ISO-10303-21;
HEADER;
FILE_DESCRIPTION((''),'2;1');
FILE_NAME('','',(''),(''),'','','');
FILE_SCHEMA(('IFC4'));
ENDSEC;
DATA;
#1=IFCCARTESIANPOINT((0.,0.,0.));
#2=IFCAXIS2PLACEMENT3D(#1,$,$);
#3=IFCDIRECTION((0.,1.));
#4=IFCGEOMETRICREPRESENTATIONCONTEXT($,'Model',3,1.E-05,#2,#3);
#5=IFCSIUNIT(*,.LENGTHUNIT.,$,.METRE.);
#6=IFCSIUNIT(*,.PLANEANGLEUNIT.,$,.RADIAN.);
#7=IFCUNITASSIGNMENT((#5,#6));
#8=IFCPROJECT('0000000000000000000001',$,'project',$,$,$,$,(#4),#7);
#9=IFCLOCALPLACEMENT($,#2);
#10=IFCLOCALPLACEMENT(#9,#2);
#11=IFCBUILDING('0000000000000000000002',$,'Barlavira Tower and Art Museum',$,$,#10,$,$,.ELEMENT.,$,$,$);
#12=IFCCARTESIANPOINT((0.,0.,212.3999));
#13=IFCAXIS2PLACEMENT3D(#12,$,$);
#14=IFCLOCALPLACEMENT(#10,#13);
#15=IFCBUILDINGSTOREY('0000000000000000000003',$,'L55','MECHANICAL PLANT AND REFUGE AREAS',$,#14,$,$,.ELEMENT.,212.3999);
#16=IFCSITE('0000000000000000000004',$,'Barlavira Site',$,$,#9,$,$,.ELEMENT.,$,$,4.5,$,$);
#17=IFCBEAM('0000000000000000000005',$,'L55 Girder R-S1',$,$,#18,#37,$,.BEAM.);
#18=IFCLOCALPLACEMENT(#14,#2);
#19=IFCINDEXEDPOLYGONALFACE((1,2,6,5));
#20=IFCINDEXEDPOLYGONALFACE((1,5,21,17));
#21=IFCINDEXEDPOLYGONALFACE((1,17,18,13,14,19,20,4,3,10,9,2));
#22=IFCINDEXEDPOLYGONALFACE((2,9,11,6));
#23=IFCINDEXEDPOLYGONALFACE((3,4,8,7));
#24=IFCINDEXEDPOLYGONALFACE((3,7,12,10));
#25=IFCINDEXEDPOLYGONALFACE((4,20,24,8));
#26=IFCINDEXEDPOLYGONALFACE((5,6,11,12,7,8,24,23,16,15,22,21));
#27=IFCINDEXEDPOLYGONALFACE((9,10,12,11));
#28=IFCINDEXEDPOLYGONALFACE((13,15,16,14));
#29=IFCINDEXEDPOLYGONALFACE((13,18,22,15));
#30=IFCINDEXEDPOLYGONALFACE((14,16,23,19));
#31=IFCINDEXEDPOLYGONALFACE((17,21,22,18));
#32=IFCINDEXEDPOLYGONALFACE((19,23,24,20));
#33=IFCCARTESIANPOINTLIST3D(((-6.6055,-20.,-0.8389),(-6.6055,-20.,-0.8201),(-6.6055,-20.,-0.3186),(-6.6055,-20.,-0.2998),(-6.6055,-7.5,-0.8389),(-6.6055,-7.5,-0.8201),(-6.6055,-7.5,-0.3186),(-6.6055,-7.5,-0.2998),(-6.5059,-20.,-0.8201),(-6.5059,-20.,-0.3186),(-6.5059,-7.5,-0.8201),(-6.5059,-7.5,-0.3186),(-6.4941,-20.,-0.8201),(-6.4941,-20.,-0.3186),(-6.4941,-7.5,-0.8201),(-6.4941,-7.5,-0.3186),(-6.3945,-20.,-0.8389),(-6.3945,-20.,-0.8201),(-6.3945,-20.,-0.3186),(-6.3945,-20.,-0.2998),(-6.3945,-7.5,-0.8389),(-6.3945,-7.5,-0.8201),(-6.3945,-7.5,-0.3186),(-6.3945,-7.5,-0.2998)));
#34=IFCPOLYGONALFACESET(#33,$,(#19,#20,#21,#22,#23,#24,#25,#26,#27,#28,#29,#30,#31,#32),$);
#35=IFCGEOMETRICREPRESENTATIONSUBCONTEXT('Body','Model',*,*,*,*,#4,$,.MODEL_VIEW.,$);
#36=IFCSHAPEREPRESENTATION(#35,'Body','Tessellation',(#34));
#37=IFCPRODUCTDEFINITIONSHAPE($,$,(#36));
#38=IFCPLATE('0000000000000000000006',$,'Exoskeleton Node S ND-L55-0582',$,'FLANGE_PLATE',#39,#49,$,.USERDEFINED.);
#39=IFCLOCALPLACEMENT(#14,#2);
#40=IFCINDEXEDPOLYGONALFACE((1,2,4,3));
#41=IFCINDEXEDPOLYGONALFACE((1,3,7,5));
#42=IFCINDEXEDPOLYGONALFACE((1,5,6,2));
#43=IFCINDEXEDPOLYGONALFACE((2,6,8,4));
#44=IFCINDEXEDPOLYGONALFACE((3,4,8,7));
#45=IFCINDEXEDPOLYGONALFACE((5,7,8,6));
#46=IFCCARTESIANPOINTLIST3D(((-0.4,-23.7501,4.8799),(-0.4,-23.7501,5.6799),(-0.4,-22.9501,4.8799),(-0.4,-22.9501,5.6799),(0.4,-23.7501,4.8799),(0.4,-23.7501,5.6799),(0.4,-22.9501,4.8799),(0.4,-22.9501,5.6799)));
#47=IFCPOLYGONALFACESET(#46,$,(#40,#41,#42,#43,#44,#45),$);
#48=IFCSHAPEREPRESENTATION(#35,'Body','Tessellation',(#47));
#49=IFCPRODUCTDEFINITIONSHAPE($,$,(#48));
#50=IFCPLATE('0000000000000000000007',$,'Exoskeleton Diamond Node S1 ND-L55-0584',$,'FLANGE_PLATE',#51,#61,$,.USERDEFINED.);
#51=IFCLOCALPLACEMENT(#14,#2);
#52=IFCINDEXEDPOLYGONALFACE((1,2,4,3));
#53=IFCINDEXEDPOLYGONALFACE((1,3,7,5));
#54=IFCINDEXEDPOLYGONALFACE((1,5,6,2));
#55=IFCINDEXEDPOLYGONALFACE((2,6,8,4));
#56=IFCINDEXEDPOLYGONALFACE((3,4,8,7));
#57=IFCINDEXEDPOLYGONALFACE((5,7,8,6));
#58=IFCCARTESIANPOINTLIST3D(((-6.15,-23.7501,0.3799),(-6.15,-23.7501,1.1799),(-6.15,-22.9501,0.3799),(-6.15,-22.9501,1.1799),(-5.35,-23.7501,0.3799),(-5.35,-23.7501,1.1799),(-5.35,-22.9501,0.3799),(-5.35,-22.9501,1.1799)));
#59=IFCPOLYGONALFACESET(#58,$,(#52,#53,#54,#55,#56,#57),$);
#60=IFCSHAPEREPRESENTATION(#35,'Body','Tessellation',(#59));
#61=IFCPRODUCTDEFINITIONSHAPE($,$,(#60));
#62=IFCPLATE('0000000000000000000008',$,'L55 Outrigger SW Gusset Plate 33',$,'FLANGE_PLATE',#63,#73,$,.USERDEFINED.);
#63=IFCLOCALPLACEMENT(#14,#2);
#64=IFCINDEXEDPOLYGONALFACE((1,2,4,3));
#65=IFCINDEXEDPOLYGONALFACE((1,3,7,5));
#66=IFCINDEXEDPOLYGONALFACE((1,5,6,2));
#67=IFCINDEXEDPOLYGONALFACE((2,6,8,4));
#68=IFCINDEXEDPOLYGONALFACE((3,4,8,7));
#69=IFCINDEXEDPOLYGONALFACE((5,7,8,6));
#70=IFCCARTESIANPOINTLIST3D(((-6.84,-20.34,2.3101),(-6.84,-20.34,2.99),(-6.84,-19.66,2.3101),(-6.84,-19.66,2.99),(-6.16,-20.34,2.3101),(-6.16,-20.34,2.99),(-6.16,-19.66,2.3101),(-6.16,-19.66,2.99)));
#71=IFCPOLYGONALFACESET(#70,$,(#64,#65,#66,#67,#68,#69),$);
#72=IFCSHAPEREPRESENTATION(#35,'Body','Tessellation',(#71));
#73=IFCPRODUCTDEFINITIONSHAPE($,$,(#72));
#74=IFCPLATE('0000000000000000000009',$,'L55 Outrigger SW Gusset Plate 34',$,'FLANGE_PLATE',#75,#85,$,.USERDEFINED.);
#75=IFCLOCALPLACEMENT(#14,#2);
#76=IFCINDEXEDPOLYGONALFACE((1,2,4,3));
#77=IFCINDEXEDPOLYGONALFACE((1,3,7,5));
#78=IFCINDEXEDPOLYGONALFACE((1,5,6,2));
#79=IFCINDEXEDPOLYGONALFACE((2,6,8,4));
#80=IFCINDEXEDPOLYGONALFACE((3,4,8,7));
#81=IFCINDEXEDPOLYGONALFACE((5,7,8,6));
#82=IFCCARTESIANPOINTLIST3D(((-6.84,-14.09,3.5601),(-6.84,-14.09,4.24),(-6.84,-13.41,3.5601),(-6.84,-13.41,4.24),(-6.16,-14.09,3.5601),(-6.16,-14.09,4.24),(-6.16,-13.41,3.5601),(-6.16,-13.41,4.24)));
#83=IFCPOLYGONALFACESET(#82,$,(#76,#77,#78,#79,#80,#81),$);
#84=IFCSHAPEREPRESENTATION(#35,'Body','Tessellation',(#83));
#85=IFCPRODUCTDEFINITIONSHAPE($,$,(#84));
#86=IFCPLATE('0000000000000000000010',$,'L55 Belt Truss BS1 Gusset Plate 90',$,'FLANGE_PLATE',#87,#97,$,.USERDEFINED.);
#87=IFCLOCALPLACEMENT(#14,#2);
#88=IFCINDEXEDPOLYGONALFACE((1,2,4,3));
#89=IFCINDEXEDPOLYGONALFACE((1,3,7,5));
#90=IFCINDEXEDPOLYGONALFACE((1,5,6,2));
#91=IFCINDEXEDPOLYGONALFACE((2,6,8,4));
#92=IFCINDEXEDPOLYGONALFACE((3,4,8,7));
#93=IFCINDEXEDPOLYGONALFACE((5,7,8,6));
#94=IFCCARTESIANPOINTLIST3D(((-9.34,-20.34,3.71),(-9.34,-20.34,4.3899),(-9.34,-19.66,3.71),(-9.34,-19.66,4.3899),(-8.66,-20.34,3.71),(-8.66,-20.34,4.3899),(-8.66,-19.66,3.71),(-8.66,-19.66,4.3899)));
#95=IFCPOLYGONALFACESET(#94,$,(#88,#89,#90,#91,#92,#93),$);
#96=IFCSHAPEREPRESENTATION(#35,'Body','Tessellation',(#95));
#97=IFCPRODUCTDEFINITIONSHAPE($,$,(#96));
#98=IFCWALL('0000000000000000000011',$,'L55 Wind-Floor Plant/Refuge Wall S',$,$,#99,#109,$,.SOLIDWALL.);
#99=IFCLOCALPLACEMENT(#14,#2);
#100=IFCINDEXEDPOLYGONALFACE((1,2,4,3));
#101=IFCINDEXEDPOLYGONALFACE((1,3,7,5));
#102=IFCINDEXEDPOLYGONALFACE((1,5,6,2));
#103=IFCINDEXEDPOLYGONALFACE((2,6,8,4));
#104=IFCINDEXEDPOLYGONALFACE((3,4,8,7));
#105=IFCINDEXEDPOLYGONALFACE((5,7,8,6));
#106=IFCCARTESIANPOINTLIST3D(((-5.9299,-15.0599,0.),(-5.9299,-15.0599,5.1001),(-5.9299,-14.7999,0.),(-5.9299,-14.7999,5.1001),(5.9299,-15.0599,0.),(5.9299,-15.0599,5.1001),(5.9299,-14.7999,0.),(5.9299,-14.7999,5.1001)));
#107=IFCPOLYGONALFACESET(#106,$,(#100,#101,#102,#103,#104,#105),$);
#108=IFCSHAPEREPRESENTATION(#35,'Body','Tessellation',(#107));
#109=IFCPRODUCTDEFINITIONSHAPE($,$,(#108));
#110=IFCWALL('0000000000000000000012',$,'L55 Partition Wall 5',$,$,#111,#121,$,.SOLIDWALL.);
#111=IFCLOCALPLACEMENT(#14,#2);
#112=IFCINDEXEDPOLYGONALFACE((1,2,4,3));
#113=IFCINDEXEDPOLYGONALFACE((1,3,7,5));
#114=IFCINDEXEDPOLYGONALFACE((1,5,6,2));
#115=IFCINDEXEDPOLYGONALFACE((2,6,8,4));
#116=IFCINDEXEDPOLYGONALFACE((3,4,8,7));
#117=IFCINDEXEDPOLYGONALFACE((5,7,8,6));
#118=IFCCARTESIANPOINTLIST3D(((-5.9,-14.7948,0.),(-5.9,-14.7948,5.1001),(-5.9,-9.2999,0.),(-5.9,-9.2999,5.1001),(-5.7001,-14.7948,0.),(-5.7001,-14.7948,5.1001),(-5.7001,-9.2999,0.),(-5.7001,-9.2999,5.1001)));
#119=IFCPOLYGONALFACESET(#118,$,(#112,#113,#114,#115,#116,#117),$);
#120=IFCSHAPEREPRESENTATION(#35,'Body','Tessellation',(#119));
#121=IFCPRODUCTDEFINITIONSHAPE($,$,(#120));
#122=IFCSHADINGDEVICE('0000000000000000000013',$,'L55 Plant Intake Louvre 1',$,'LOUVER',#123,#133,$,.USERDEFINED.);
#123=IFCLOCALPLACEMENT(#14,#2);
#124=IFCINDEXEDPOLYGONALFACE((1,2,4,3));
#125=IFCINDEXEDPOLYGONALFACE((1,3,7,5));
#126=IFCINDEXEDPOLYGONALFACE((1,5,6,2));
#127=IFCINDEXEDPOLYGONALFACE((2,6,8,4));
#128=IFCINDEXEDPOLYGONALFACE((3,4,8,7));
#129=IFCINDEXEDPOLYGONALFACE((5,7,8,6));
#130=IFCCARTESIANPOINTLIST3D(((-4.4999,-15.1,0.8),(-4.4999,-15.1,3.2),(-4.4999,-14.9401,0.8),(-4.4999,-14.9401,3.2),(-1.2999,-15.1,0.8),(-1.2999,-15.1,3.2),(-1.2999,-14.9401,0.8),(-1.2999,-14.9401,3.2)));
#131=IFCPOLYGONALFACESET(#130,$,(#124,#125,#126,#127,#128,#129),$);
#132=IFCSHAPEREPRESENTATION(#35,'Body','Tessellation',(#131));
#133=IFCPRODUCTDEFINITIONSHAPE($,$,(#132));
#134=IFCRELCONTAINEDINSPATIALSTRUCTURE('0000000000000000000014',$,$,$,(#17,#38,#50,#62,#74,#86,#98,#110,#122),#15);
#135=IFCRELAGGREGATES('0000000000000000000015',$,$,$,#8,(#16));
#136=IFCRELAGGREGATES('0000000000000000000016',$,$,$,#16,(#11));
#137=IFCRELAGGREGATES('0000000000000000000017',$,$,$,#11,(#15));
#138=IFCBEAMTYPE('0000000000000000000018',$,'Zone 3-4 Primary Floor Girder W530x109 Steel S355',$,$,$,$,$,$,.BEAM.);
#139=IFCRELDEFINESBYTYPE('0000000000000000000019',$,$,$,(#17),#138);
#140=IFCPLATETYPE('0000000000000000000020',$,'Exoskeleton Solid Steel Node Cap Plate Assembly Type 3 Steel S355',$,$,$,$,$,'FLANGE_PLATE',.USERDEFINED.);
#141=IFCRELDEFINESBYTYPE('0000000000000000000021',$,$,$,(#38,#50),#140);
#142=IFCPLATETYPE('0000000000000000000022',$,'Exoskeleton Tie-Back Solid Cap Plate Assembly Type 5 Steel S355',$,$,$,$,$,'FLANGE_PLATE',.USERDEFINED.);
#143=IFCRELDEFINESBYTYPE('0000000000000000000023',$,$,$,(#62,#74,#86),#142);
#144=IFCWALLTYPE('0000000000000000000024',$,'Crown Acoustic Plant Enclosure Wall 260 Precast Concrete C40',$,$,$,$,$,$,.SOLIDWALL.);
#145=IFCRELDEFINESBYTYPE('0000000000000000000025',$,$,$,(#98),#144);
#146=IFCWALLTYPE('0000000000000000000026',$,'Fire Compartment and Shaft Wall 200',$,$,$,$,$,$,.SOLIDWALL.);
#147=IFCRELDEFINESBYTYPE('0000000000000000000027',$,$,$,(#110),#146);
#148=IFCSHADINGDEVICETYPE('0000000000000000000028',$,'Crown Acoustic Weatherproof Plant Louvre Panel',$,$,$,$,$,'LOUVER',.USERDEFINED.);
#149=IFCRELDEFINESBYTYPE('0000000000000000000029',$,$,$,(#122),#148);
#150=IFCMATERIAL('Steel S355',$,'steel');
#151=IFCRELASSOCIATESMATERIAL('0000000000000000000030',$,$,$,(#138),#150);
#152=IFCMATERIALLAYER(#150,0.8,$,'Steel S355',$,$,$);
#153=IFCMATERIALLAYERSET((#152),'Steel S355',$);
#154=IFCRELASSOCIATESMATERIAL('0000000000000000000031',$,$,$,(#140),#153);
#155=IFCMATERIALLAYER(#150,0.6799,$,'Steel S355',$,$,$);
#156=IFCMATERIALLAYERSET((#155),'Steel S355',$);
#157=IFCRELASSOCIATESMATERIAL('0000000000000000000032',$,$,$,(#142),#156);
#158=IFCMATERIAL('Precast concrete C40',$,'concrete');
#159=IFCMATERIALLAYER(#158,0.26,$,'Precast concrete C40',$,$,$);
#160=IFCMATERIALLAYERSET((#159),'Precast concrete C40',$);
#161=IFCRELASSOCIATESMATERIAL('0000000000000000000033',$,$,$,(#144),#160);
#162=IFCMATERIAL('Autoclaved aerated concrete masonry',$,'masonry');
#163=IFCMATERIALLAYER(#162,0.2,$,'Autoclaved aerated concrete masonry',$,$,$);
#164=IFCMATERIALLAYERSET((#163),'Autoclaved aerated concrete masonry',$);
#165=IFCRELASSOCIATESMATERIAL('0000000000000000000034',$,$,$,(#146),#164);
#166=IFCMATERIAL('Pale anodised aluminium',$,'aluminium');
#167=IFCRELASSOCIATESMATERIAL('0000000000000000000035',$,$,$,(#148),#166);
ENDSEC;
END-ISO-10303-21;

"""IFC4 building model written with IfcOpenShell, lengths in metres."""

from ifc_helpers import new_model, si_unit, direction, frame, frame_2d, origin, origin_2d, place, context, subcontext, project, spatial, rectangle, i_section, extrude, material, layer, layer_set, material_profile, profile_set, type_object, element, save


model = new_model("IFC4")

# Units and contexts
model_context = context("Model", 3, precision=1e-05, world=origin(), true_north=direction((0.0, 1.0)))
body_context = subcontext(model_context, "Body", "Model", "MODEL_VIEW")
ifc_project = project(units=[si_unit("LENGTHUNIT", "METRE"), si_unit("PLANEANGLEUNIT", "RADIAN")], contexts=[model_context])

# Site, building, storey
site_placement = place(None, origin())
site = spatial("IfcSite", under=ifc_project, at=site_placement, Name="Barlavira Site", CompositionType="ELEMENT", RefElevation=4.5)
building_placement = place(site_placement, origin())
building = spatial("IfcBuilding", under=site, at=building_placement, Name="Barlavira Tower and Art Museum", CompositionType="ELEMENT")
storey_placement = place(building_placement, frame((0.0, 0.0, 212.3999)))
storey = spatial("IfcBuildingStorey", under=building, at=storey_placement, Name="L55", Description="MECHANICAL PLANT AND REFUGE AREAS", CompositionType="ELEMENT", Elevation=212.3999)

# Shared definitions
ifc_material_1 = material(Name="Steel S355", Category="steel")

# Beam
ifc_material_profile_1 = material_profile(ifc_material_1, i_section(OverallWidth=0.2109, OverallDepth=0.5391, WebThickness=0.0117, FlangeThickness=0.0188, at=origin_2d()), Name="W530x109.0")
ifc_profile_set_1 = profile_set([ifc_material_profile_1], Name="Steel S355")
beam_type_1 = type_object("IfcBeamType", Name="Zone 3-4 Primary Floor Girder W530x109 Steel S355", PredefinedType="BEAM", material=ifc_profile_set_1)
beam_1_placement = place(storey_placement, frame((-6.5, -20.0, -0.5693), z_axis=(0.0, 1.0, 0.0), x_axis=(-1.0, 0.0, 0.0)))
element("IfcBeam", 1, at=beam_1_placement, inside=storey, type_object=beam_type_1, Name="L55 Girder R-S1", PredefinedType="BEAM", context=body_context, shape_type="SweptSolid", body=[
    extrude(i_section(OverallWidth=0.2109, OverallDepth=0.5391, WebThickness=0.0117, FlangeThickness=0.0188, at=origin_2d()), origin(), (0.0, 0.0, 1.0), 12.5),
])

# Plates
ifc_layer_1 = layer(ifc_material_1, 0.8, Name="Steel S355")
ifc_layer_set_1 = layer_set([ifc_layer_1], Name="Steel S355")
plate_type_1 = type_object("IfcPlateType", Name="Exoskeleton Solid Steel Node Cap Plate Assembly Type 3 Steel S355", ElementType="FLANGE_PLATE", PredefinedType="USERDEFINED", material=ifc_layer_set_1)
for number, where, z_axis, x_axis, name in (
    (2, (0.0, -23.3501, 4.8799), (0.0, 0.0, 1.0), (1.0, 0.0, 0.0), "Exoskeleton Node S ND-L55-0582"),
    (3, (-5.75, -23.3501, 0.3799), (0.0, 0.0, 1.0), (1.0, 0.0, 0.0), "Exoskeleton Diamond Node S1 ND-L55-0584"),
):
    element("IfcPlate", number, at=place(storey_placement, frame(where, z_axis=z_axis, x_axis=x_axis)), inside=storey, type_object=plate_type_1, Name=name, ObjectType="FLANGE_PLATE", PredefinedType="USERDEFINED", context=body_context, shape_type="SweptSolid", body=[
        extrude(rectangle(XDim=0.8, YDim=0.8, at=origin_2d()), origin(), (0.0, 0.0, 1.0), 0.8),
    ])
ifc_layer_2 = layer(ifc_material_1, 0.6799, Name="Steel S355")
ifc_layer_set_2 = layer_set([ifc_layer_2], Name="Steel S355")
plate_type_2 = type_object("IfcPlateType", Name="Exoskeleton Tie-Back Solid Cap Plate Assembly Type 5 Steel S355", ElementType="FLANGE_PLATE", PredefinedType="USERDEFINED", material=ifc_layer_set_2)
for number, where, z_axis, x_axis, name in (
    (4, (-6.5, -20.0, 2.3101), (0.0, 0.0, 1.0), (1.0, 0.0, 0.0), "L55 Outrigger SW Gusset Plate 33"),
    (5, (-6.5, -13.75, 3.5601), (0.0, 0.0, 1.0), (1.0, 0.0, 0.0), "L55 Outrigger SW Gusset Plate 34"),
    (6, (-9.0, -20.0, 3.71), (0.0, 0.0, 1.0), (1.0, 0.0, 0.0), "L55 Belt Truss BS1 Gusset Plate 90"),
):
    element("IfcPlate", number, at=place(storey_placement, frame(where, z_axis=z_axis, x_axis=x_axis)), inside=storey, type_object=plate_type_2, Name=name, ObjectType="FLANGE_PLATE", PredefinedType="USERDEFINED", context=body_context, shape_type="SweptSolid", body=[
        extrude(rectangle(XDim=0.6799, YDim=0.6799, at=origin_2d()), origin(), (0.0, 0.0, 1.0), 0.6799),
    ])

# Walls
ifc_material_2 = material(Name="Precast concrete C40", Category="concrete")
ifc_layer_3 = layer(ifc_material_2, 0.26, Name="Precast concrete C40")
ifc_layer_set_3 = layer_set([ifc_layer_3], Name="Precast concrete C40")
wall_type_1 = type_object("IfcWallType", Name="Crown Acoustic Plant Enclosure Wall 260 Precast Concrete C40", PredefinedType="SOLIDWALL", material=ifc_layer_set_3)
wall_1_placement = place(storey_placement, frame((-5.9299, -14.9299, 0.0), z_axis=(0.0, 0.0, 1.0), x_axis=(1.0, 0.0, 0.0)))
element("IfcWall", 7, at=wall_1_placement, inside=storey, type_object=wall_type_1, Name="L55 Wind-Floor Plant/Refuge Wall S", PredefinedType="SOLIDWALL", context=body_context, shape_type="SweptSolid", body=[
    extrude(rectangle(XDim=11.8599, YDim=0.26, at=frame_2d((5.9299, 0.0))), origin(), (0.0, 0.0, 1.0), 5.1001),
])
ifc_material_3 = material(Name="Autoclaved aerated concrete masonry", Category="masonry")
ifc_layer_4 = layer(ifc_material_3, 0.2, Name="Autoclaved aerated concrete masonry")
ifc_layer_set_4 = layer_set([ifc_layer_4], Name="Autoclaved aerated concrete masonry")
wall_type_2 = type_object("IfcWallType", Name="Fire Compartment and Shaft Wall 200", PredefinedType="SOLIDWALL", material=ifc_layer_set_4)
wall_2_placement = place(storey_placement, frame((-5.8, -14.7949, 0.0), z_axis=(0.0, 0.0, 1.0), x_axis=(0.0, 1.0, 0.0)))
element("IfcWall", 8, at=wall_2_placement, inside=storey, type_object=wall_type_2, Name="L55 Partition Wall 5", PredefinedType="SOLIDWALL", context=body_context, shape_type="SweptSolid", body=[
    extrude(rectangle(XDim=5.4949, YDim=0.2, at=frame_2d((2.7476, 0.0))), origin(), (0.0, 0.0, 1.0), 5.1001),
])

# Shading device
ifc_material_4 = material(Name="Pale anodised aluminium", Category="aluminium")
shading_device_type = type_object("IfcShadingDeviceType", Name="Crown Acoustic Weatherproof Plant Louvre Panel", ElementType="LOUVER", PredefinedType="USERDEFINED", material=ifc_material_4)
shading_device_placement = place(storey_placement, frame((-2.8999, -15.02, 0.8), z_axis=(0.0, 0.0, 1.0), x_axis=(1.0, 0.0, 0.0)))
element("IfcShadingDevice", 9, at=shading_device_placement, inside=storey, type_object=shading_device_type, Name="L55 Plant Intake Louvre 1", ObjectType="LOUVER", PredefinedType="USERDEFINED", context=body_context, shape_type="SweptSolid", body=[
    extrude(rectangle(XDim=3.2, YDim=0.1599, at=origin_2d()), origin(), (0.0, 0.0, 1.0), 2.3999),
])

save(model, "model.ifc")
